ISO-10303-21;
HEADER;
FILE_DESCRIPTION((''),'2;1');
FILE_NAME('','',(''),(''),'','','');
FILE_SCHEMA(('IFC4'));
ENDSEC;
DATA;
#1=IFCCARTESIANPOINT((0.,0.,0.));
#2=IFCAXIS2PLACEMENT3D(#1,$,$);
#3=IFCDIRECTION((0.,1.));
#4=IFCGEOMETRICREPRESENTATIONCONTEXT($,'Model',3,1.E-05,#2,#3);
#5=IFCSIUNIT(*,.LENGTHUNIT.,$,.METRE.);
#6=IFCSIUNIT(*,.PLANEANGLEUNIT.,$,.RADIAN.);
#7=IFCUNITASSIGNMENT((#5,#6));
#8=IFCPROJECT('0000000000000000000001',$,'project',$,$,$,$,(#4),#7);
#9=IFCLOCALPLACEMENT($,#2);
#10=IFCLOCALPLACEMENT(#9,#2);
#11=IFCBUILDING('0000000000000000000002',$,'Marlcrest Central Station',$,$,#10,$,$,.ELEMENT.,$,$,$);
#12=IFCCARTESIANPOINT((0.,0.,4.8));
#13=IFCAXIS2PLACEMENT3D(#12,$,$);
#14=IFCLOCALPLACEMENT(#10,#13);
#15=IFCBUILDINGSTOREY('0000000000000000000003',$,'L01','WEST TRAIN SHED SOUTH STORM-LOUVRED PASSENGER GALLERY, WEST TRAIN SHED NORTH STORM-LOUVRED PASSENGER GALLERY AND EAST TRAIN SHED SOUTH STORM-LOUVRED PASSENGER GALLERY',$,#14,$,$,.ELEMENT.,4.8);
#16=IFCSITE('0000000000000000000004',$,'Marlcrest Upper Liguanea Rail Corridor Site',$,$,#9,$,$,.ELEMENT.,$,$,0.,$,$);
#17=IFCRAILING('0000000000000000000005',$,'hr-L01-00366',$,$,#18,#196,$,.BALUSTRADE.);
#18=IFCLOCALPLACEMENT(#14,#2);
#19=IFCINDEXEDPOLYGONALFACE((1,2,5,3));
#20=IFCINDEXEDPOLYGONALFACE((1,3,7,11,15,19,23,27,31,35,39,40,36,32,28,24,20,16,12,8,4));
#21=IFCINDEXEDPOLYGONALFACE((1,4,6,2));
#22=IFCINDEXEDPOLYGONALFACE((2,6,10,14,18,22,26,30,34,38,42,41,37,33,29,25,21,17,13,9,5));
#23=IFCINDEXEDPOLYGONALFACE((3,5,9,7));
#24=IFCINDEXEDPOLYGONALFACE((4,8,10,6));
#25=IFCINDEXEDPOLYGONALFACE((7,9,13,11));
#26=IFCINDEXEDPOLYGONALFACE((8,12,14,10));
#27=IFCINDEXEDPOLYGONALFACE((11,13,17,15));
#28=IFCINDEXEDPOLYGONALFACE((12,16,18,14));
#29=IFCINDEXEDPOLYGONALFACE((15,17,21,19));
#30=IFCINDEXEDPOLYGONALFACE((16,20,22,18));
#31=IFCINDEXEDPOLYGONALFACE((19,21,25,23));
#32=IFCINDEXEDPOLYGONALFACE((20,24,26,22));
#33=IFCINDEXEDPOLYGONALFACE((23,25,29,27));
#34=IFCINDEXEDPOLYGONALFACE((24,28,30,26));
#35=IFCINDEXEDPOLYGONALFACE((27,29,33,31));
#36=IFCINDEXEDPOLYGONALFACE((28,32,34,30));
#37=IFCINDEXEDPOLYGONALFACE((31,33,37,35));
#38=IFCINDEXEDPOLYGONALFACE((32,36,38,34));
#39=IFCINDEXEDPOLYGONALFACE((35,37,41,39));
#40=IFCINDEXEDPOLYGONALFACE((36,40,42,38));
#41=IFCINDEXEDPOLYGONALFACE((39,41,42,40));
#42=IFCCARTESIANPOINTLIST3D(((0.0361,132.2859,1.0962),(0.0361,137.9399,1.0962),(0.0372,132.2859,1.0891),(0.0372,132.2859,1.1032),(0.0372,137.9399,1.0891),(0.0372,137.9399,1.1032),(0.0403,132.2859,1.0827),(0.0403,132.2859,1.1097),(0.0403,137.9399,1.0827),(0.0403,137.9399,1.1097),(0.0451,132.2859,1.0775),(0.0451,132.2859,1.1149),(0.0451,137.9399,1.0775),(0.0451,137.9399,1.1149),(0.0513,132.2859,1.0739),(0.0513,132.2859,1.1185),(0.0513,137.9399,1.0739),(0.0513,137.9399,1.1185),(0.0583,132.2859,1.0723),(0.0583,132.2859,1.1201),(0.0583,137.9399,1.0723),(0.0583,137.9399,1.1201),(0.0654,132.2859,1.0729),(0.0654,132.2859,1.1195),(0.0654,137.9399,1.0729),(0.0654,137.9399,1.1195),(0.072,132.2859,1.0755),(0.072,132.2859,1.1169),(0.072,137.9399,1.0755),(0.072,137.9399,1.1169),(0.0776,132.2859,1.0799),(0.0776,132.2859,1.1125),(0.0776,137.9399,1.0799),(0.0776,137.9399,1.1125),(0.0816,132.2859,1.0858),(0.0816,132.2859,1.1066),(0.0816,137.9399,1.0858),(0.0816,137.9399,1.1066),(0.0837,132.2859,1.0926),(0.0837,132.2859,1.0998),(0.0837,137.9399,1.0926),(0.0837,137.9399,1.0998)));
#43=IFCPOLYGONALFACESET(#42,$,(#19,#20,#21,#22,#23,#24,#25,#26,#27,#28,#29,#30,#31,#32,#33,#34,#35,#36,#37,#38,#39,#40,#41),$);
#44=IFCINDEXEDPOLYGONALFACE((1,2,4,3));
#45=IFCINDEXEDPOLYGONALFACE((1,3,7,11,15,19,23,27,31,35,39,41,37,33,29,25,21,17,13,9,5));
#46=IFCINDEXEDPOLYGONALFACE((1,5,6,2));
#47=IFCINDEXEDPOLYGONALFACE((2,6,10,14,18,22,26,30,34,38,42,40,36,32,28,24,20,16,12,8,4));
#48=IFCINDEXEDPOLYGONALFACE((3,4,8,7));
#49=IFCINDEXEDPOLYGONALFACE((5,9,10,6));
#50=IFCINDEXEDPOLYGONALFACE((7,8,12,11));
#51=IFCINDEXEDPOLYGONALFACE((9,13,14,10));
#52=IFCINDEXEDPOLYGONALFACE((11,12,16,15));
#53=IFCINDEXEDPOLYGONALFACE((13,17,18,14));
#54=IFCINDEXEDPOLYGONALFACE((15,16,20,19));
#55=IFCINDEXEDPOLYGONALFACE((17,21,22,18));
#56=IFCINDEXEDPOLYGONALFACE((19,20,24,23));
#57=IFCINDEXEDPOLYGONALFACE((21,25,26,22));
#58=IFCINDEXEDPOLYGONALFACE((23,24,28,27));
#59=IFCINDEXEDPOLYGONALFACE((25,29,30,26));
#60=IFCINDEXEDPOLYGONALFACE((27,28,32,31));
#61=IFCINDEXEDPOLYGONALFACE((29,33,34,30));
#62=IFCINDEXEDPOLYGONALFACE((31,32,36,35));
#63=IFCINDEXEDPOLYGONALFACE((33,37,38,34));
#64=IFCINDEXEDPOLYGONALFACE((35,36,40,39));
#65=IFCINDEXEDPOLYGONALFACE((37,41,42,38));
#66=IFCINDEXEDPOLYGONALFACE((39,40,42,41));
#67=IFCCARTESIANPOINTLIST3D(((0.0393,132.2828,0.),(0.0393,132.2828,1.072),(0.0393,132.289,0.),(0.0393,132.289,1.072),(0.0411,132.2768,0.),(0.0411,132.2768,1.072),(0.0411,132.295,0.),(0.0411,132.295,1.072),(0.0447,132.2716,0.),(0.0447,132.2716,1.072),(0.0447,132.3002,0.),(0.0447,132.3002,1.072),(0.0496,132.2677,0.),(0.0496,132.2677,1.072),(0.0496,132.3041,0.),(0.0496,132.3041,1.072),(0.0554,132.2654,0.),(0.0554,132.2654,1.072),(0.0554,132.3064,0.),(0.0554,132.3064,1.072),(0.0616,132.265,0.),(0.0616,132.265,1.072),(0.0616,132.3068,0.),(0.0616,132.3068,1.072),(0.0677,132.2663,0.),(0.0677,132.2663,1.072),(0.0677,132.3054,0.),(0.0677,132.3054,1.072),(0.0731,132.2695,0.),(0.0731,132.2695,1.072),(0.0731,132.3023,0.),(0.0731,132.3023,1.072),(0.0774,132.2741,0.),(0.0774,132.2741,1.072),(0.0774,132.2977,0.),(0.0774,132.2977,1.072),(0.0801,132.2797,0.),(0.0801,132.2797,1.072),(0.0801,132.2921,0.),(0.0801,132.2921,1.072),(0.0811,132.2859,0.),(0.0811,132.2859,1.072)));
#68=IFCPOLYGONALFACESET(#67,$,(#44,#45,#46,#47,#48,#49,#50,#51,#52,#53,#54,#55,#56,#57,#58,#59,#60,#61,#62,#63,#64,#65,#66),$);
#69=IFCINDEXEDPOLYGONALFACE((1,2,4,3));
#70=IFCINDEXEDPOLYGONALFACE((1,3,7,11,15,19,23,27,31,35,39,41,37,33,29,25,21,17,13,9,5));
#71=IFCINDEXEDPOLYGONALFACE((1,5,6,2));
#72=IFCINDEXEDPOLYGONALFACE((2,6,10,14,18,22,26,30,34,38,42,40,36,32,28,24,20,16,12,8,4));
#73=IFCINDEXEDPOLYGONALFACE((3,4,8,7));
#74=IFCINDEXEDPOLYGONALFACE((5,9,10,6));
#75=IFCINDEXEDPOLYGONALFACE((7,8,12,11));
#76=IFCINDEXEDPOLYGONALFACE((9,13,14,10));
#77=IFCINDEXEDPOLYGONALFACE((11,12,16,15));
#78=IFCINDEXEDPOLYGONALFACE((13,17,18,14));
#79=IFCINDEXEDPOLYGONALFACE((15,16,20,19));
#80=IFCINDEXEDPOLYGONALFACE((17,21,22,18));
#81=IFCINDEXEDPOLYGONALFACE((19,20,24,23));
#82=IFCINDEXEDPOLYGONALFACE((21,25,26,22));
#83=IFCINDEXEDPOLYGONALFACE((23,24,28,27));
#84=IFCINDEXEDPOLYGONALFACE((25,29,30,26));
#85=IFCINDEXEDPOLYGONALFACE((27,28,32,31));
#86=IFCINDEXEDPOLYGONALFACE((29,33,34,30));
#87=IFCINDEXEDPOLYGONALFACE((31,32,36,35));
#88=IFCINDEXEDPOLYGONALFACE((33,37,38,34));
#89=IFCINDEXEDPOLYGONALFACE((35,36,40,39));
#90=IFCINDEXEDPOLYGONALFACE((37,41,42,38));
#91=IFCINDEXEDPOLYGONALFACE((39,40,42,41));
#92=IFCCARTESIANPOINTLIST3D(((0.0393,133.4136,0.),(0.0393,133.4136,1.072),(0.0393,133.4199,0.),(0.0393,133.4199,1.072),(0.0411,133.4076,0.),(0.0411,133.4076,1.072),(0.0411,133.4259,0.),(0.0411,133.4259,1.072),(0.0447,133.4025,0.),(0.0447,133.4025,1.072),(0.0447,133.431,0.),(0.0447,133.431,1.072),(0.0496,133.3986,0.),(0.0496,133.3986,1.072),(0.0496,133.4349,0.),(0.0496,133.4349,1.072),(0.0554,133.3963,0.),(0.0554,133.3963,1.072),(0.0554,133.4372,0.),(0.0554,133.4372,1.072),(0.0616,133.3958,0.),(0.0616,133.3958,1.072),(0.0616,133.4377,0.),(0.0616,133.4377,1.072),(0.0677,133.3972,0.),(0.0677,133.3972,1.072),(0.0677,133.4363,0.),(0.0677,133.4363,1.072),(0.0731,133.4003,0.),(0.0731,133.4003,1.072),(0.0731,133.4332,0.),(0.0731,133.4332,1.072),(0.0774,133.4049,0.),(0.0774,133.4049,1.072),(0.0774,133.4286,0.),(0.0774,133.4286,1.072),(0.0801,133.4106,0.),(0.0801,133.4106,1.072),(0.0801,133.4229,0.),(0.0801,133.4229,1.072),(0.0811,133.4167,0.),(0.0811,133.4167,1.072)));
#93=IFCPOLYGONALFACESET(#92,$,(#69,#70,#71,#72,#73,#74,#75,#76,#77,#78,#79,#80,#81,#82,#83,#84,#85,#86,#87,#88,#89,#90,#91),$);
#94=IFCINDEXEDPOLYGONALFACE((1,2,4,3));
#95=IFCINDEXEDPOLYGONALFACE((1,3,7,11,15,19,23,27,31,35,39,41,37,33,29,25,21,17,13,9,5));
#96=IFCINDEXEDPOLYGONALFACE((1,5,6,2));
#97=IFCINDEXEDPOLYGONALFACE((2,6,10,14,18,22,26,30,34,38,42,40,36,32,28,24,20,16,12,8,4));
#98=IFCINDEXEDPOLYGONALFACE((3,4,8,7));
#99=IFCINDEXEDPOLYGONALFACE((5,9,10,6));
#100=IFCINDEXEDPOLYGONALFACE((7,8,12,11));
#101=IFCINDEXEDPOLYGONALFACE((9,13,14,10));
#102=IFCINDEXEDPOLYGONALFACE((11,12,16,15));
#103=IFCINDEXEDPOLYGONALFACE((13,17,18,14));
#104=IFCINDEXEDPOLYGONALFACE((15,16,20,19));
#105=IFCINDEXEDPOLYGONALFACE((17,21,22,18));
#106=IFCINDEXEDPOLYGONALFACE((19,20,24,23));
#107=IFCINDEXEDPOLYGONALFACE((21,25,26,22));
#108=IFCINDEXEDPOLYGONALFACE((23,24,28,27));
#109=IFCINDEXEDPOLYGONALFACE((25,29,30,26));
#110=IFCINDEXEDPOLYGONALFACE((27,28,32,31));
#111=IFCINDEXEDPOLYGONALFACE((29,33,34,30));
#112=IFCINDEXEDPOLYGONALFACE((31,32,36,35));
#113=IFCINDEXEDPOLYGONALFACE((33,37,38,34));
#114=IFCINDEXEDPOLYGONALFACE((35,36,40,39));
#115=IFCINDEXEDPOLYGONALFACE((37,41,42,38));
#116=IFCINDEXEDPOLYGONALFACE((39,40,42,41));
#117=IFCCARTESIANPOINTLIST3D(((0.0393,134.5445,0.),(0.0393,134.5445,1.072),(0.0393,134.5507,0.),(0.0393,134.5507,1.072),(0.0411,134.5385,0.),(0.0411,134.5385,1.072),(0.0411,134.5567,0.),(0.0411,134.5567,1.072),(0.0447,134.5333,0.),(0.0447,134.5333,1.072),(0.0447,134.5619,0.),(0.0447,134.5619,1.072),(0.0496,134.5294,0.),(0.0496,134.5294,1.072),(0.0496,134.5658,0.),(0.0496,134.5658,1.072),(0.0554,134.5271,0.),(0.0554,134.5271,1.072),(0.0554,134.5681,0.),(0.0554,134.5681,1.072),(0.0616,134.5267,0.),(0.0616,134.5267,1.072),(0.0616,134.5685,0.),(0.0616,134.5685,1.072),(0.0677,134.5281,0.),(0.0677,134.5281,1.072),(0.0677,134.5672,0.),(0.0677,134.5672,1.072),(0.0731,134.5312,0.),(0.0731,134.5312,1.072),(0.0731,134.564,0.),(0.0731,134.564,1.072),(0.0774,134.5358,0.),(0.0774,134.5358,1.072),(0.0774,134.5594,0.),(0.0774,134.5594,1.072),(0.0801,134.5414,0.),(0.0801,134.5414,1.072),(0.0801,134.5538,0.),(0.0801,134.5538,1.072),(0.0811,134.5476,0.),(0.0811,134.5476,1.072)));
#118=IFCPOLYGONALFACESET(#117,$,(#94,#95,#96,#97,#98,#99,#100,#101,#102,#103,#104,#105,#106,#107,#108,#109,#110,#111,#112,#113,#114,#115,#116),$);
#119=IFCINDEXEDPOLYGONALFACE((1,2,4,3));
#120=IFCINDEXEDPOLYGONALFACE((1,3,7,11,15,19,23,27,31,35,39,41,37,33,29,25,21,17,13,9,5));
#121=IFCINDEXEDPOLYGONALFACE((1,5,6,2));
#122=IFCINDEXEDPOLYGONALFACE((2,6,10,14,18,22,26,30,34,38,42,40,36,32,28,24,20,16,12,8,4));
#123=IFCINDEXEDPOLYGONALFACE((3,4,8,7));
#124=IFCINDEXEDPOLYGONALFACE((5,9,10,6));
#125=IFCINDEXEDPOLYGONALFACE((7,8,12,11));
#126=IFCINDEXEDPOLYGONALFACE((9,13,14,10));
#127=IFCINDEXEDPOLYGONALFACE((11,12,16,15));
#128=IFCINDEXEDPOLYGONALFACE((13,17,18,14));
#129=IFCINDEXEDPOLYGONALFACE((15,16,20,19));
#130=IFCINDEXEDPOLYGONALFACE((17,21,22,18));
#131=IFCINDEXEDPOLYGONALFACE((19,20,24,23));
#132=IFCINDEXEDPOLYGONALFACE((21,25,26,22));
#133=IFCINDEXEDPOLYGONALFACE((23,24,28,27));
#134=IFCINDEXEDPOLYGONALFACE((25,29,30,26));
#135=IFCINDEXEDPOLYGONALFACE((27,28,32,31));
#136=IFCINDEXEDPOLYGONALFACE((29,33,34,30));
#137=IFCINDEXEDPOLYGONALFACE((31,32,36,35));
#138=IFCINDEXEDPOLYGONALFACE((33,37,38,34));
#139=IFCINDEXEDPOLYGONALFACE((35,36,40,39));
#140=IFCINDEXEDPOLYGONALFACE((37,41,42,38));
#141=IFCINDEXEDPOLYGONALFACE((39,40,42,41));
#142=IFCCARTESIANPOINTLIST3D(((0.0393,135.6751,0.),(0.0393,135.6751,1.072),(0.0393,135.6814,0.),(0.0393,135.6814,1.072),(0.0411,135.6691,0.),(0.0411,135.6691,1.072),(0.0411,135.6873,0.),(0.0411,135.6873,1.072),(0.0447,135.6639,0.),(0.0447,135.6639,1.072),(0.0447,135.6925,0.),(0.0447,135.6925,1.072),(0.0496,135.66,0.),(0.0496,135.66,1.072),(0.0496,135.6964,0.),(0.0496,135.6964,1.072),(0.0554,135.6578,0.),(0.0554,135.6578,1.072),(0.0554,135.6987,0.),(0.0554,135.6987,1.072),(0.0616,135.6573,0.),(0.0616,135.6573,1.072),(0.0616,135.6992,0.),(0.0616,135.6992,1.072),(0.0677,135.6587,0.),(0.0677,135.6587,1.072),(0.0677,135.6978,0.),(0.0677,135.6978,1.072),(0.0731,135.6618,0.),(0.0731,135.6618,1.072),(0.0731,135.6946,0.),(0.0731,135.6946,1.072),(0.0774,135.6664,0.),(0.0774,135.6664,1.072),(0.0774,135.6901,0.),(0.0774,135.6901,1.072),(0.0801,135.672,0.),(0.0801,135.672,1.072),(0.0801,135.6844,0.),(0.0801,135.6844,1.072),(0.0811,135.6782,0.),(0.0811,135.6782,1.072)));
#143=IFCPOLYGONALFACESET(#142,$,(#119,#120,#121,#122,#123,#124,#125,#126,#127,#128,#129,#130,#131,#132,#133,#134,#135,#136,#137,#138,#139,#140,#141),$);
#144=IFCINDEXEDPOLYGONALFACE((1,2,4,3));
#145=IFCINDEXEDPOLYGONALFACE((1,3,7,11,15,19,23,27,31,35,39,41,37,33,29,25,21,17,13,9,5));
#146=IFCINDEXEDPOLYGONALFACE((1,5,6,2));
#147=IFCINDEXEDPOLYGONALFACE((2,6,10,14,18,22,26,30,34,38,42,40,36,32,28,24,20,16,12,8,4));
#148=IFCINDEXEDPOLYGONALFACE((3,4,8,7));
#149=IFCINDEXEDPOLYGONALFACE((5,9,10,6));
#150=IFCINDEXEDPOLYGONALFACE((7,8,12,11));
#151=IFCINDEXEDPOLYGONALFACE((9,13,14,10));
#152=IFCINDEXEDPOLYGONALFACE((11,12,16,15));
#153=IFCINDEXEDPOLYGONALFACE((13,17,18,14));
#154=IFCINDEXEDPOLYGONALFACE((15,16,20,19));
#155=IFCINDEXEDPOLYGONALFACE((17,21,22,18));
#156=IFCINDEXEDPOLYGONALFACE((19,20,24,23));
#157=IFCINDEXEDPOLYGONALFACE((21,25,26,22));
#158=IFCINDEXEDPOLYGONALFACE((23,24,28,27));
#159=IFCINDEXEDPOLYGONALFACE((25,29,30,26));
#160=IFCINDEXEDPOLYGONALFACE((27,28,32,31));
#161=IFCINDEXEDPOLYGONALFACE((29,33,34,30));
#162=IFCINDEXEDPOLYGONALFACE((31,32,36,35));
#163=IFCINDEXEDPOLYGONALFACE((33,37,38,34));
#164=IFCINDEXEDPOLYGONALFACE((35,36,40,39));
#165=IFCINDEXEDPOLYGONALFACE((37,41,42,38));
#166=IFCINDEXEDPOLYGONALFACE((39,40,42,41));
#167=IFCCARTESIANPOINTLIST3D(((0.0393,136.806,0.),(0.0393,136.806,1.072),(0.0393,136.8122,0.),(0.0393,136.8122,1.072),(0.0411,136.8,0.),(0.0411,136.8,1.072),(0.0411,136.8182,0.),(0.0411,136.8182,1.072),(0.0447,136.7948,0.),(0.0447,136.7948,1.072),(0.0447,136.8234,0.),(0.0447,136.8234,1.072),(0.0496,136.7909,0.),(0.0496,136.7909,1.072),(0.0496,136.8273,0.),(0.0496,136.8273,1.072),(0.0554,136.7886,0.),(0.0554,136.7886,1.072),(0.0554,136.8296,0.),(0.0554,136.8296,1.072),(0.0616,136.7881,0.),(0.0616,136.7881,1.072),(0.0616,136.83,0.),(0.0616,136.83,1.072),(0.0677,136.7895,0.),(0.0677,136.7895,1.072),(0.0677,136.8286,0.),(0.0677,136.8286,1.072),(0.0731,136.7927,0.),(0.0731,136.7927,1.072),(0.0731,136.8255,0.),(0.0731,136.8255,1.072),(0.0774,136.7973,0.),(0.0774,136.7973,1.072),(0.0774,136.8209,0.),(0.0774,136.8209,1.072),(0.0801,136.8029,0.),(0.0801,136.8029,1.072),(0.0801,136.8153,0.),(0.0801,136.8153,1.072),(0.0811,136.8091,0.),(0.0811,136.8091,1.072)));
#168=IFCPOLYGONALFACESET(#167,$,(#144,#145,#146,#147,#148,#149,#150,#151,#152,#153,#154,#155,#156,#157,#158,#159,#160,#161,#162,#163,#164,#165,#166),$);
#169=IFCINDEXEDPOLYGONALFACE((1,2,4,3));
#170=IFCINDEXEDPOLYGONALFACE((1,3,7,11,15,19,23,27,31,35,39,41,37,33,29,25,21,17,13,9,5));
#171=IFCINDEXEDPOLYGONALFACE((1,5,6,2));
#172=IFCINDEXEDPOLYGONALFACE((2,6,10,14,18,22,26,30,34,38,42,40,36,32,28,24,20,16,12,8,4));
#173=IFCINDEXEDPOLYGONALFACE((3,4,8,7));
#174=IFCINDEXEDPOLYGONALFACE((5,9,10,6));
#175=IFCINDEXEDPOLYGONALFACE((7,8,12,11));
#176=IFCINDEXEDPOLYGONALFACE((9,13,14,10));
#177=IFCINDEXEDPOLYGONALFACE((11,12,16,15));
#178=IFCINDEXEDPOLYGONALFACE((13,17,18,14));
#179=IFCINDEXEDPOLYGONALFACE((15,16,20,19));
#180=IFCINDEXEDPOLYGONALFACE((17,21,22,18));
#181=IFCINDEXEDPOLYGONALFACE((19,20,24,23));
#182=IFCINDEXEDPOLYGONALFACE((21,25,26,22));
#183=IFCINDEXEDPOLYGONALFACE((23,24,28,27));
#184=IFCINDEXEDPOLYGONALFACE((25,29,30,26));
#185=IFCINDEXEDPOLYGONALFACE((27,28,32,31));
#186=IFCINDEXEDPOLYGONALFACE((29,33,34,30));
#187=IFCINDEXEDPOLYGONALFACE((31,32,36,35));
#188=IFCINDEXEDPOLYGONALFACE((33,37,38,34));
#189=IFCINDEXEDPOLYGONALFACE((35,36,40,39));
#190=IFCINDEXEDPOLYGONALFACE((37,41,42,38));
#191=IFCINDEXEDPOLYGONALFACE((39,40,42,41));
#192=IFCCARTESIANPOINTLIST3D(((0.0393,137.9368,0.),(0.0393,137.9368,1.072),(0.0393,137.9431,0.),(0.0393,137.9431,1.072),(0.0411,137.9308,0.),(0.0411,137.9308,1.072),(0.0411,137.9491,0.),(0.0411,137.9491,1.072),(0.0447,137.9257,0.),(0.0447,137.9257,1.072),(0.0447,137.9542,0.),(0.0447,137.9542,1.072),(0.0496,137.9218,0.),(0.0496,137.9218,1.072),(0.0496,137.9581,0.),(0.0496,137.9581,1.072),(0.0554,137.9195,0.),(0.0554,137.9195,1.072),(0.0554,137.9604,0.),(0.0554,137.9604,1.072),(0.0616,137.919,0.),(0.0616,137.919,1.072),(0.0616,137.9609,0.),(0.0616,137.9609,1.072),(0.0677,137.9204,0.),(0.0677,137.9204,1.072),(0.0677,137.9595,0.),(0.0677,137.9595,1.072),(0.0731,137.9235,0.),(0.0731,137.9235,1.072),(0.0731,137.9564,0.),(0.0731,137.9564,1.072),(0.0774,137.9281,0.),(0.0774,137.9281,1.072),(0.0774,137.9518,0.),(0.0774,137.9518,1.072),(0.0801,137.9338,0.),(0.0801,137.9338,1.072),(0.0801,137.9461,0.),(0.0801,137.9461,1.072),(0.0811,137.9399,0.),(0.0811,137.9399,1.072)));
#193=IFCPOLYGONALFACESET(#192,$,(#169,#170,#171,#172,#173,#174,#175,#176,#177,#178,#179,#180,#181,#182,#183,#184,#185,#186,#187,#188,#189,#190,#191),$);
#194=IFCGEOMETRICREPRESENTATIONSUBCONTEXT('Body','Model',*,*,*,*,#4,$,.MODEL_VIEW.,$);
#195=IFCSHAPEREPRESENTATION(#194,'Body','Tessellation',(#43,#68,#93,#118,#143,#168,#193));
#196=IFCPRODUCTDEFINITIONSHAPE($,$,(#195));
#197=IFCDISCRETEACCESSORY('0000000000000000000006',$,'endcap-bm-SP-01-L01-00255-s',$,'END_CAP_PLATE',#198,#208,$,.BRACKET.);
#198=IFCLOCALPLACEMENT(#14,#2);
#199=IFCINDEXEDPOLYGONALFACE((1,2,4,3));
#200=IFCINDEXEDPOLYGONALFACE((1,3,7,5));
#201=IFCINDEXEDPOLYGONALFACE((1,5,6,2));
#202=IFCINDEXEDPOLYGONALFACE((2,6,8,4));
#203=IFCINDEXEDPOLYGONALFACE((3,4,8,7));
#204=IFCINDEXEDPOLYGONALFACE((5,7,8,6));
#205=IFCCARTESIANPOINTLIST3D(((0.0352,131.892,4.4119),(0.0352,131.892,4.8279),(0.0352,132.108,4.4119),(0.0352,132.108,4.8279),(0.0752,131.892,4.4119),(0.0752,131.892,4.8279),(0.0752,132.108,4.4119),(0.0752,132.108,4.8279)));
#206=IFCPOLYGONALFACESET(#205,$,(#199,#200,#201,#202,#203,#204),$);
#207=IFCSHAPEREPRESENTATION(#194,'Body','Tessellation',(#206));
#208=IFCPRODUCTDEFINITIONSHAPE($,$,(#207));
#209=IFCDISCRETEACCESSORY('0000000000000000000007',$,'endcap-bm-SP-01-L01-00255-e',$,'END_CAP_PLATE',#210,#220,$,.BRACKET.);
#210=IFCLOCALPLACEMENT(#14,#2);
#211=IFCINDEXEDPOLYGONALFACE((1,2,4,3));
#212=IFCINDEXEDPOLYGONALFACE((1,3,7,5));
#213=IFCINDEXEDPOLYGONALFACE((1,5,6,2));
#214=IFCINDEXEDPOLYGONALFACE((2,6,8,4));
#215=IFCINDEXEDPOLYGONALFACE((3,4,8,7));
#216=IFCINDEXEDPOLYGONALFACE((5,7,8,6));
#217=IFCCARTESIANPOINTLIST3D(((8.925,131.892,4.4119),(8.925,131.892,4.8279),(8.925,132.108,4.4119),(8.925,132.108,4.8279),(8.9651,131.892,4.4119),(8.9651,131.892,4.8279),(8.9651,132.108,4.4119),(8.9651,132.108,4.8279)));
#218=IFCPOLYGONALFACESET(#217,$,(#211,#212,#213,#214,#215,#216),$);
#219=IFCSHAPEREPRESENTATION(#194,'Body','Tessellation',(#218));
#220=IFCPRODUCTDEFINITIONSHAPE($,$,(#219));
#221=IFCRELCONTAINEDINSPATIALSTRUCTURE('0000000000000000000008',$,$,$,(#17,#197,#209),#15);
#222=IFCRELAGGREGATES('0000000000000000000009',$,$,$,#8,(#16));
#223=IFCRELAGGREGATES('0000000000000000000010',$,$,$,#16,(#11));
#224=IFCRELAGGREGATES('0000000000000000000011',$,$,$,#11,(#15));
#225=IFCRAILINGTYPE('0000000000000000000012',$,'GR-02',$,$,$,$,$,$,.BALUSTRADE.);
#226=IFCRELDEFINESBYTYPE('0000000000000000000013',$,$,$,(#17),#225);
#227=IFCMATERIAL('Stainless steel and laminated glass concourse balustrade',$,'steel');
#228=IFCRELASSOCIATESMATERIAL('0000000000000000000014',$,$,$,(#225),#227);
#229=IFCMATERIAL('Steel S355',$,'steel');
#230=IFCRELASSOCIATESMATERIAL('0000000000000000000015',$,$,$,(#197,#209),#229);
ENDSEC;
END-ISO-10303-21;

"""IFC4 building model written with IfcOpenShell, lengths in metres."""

from ifc_helpers import new_model, si_unit, direction, frame, origin, origin_2d, place, context, subcontext, project, spatial, rectangle, circle, extrude, material, type_object, element, save


model = new_model("IFC4")

# Units and contexts
model_context = context("Model", 3, precision=1e-05, world=origin(), true_north=direction((0.0, 1.0)))
body_context = subcontext(model_context, "Body", "Model", "MODEL_VIEW")
ifc_project = project(units=[si_unit("LENGTHUNIT", "METRE"), si_unit("PLANEANGLEUNIT", "RADIAN")], contexts=[model_context])

# Site, building, storey
site_placement = place(None, origin())
site = spatial("IfcSite", under=ifc_project, at=site_placement, Name="Marlcrest Upper Liguanea Rail Corridor Site", CompositionType="ELEMENT", RefElevation=0.0)
building_placement = place(site_placement, origin())
building = spatial("IfcBuilding", under=site, at=building_placement, Name="Marlcrest Central Station", CompositionType="ELEMENT")
storey_placement = place(building_placement, frame((0.0, 0.0, 4.8)))
storey = spatial("IfcBuildingStorey", under=building, at=storey_placement, Name="L01", Description="WEST TRAIN SHED SOUTH STORM-LOUVRED PASSENGER GALLERY, WEST TRAIN SHED NORTH STORM-LOUVRED PASSENGER GALLERY AND EAST TRAIN SHED SOUTH STORM-LOUVRED PASSENGER GALLERY", CompositionType="ELEMENT", Elevation=4.8)

# Shared definitions
ifc_material_1 = material(Name="Steel S355", Category="steel")

# Railing
ifc_material_2 = material(Name="Stainless steel and laminated glass concourse balustrade", Category="steel")
railing_type = type_object("IfcRailingType", Name="GR-02", PredefinedType="BALUSTRADE", material=ifc_material_2)
railing_1_placement = place(storey_placement, frame((0.0601, 132.2859, 0.0)))
element("IfcRailing", 1, at=railing_1_placement, inside=storey, type_object=railing_type, Name="hr-L01-00366", PredefinedType="BALUSTRADE", context=body_context, shape_type="SweptSolid", body=[
    extrude(circle(Radius=0.0239, at=origin_2d()), frame((0.0, 0.0, 1.0962), z_axis=(0.0, 1.0, 0.0), x_axis=(-1.0, 0.0, 0.0)), (0.0, 0.0, 1.0), 5.6541),
    extrude(circle(Radius=0.021, at=origin_2d()), origin(), (0.0, 0.0, 1.0), 1.072),
    extrude(circle(Radius=0.021, at=origin_2d()), frame((0.0, 1.1309, 0.0)), (0.0, 0.0, 1.0), 1.072),
    extrude(circle(Radius=0.021, at=origin_2d()), frame((0.0, 2.2617, 0.0)), (0.0, 0.0, 1.0), 1.072),
    extrude(circle(Radius=0.021, at=origin_2d()), frame((0.0, 3.3923, 0.0)), (0.0, 0.0, 1.0), 1.072),
    extrude(circle(Radius=0.021, at=origin_2d()), frame((0.0, 4.5232, 0.0)), (0.0, 0.0, 1.0), 1.072),
    extrude(circle(Radius=0.021, at=origin_2d()), frame((0.0, 5.6541, 0.0)), (0.0, 0.0, 1.0), 1.072),
])

# Discrete accessories
for number, where, z_axis, x_axis, name in (
    (2, (0.0352, 132.0, 4.6199), (1.0, 0.0, 0.0), (0.0, 1.0, 0.0), "endcap-bm-SP-01-L01-00255-s"),
    (3, (8.925, 132.0, 4.6199), (1.0, 0.0, 0.0), (0.0, 1.0, 0.0), "endcap-bm-SP-01-L01-00255-e"),
):
    element("IfcDiscreteAccessory", number, at=place(storey_placement, frame(where, z_axis=z_axis, x_axis=x_axis)), inside=storey, material=ifc_material_1, Name=name, ObjectType="END_CAP_PLATE", PredefinedType="BRACKET", context=body_context, shape_type="SweptSolid", body=[
        extrude(rectangle(XDim=0.2161, YDim=0.416, at=origin_2d()), origin(), (0.0, 0.0, 1.0), 0.04),
    ])

save(model, "model.ifc")
